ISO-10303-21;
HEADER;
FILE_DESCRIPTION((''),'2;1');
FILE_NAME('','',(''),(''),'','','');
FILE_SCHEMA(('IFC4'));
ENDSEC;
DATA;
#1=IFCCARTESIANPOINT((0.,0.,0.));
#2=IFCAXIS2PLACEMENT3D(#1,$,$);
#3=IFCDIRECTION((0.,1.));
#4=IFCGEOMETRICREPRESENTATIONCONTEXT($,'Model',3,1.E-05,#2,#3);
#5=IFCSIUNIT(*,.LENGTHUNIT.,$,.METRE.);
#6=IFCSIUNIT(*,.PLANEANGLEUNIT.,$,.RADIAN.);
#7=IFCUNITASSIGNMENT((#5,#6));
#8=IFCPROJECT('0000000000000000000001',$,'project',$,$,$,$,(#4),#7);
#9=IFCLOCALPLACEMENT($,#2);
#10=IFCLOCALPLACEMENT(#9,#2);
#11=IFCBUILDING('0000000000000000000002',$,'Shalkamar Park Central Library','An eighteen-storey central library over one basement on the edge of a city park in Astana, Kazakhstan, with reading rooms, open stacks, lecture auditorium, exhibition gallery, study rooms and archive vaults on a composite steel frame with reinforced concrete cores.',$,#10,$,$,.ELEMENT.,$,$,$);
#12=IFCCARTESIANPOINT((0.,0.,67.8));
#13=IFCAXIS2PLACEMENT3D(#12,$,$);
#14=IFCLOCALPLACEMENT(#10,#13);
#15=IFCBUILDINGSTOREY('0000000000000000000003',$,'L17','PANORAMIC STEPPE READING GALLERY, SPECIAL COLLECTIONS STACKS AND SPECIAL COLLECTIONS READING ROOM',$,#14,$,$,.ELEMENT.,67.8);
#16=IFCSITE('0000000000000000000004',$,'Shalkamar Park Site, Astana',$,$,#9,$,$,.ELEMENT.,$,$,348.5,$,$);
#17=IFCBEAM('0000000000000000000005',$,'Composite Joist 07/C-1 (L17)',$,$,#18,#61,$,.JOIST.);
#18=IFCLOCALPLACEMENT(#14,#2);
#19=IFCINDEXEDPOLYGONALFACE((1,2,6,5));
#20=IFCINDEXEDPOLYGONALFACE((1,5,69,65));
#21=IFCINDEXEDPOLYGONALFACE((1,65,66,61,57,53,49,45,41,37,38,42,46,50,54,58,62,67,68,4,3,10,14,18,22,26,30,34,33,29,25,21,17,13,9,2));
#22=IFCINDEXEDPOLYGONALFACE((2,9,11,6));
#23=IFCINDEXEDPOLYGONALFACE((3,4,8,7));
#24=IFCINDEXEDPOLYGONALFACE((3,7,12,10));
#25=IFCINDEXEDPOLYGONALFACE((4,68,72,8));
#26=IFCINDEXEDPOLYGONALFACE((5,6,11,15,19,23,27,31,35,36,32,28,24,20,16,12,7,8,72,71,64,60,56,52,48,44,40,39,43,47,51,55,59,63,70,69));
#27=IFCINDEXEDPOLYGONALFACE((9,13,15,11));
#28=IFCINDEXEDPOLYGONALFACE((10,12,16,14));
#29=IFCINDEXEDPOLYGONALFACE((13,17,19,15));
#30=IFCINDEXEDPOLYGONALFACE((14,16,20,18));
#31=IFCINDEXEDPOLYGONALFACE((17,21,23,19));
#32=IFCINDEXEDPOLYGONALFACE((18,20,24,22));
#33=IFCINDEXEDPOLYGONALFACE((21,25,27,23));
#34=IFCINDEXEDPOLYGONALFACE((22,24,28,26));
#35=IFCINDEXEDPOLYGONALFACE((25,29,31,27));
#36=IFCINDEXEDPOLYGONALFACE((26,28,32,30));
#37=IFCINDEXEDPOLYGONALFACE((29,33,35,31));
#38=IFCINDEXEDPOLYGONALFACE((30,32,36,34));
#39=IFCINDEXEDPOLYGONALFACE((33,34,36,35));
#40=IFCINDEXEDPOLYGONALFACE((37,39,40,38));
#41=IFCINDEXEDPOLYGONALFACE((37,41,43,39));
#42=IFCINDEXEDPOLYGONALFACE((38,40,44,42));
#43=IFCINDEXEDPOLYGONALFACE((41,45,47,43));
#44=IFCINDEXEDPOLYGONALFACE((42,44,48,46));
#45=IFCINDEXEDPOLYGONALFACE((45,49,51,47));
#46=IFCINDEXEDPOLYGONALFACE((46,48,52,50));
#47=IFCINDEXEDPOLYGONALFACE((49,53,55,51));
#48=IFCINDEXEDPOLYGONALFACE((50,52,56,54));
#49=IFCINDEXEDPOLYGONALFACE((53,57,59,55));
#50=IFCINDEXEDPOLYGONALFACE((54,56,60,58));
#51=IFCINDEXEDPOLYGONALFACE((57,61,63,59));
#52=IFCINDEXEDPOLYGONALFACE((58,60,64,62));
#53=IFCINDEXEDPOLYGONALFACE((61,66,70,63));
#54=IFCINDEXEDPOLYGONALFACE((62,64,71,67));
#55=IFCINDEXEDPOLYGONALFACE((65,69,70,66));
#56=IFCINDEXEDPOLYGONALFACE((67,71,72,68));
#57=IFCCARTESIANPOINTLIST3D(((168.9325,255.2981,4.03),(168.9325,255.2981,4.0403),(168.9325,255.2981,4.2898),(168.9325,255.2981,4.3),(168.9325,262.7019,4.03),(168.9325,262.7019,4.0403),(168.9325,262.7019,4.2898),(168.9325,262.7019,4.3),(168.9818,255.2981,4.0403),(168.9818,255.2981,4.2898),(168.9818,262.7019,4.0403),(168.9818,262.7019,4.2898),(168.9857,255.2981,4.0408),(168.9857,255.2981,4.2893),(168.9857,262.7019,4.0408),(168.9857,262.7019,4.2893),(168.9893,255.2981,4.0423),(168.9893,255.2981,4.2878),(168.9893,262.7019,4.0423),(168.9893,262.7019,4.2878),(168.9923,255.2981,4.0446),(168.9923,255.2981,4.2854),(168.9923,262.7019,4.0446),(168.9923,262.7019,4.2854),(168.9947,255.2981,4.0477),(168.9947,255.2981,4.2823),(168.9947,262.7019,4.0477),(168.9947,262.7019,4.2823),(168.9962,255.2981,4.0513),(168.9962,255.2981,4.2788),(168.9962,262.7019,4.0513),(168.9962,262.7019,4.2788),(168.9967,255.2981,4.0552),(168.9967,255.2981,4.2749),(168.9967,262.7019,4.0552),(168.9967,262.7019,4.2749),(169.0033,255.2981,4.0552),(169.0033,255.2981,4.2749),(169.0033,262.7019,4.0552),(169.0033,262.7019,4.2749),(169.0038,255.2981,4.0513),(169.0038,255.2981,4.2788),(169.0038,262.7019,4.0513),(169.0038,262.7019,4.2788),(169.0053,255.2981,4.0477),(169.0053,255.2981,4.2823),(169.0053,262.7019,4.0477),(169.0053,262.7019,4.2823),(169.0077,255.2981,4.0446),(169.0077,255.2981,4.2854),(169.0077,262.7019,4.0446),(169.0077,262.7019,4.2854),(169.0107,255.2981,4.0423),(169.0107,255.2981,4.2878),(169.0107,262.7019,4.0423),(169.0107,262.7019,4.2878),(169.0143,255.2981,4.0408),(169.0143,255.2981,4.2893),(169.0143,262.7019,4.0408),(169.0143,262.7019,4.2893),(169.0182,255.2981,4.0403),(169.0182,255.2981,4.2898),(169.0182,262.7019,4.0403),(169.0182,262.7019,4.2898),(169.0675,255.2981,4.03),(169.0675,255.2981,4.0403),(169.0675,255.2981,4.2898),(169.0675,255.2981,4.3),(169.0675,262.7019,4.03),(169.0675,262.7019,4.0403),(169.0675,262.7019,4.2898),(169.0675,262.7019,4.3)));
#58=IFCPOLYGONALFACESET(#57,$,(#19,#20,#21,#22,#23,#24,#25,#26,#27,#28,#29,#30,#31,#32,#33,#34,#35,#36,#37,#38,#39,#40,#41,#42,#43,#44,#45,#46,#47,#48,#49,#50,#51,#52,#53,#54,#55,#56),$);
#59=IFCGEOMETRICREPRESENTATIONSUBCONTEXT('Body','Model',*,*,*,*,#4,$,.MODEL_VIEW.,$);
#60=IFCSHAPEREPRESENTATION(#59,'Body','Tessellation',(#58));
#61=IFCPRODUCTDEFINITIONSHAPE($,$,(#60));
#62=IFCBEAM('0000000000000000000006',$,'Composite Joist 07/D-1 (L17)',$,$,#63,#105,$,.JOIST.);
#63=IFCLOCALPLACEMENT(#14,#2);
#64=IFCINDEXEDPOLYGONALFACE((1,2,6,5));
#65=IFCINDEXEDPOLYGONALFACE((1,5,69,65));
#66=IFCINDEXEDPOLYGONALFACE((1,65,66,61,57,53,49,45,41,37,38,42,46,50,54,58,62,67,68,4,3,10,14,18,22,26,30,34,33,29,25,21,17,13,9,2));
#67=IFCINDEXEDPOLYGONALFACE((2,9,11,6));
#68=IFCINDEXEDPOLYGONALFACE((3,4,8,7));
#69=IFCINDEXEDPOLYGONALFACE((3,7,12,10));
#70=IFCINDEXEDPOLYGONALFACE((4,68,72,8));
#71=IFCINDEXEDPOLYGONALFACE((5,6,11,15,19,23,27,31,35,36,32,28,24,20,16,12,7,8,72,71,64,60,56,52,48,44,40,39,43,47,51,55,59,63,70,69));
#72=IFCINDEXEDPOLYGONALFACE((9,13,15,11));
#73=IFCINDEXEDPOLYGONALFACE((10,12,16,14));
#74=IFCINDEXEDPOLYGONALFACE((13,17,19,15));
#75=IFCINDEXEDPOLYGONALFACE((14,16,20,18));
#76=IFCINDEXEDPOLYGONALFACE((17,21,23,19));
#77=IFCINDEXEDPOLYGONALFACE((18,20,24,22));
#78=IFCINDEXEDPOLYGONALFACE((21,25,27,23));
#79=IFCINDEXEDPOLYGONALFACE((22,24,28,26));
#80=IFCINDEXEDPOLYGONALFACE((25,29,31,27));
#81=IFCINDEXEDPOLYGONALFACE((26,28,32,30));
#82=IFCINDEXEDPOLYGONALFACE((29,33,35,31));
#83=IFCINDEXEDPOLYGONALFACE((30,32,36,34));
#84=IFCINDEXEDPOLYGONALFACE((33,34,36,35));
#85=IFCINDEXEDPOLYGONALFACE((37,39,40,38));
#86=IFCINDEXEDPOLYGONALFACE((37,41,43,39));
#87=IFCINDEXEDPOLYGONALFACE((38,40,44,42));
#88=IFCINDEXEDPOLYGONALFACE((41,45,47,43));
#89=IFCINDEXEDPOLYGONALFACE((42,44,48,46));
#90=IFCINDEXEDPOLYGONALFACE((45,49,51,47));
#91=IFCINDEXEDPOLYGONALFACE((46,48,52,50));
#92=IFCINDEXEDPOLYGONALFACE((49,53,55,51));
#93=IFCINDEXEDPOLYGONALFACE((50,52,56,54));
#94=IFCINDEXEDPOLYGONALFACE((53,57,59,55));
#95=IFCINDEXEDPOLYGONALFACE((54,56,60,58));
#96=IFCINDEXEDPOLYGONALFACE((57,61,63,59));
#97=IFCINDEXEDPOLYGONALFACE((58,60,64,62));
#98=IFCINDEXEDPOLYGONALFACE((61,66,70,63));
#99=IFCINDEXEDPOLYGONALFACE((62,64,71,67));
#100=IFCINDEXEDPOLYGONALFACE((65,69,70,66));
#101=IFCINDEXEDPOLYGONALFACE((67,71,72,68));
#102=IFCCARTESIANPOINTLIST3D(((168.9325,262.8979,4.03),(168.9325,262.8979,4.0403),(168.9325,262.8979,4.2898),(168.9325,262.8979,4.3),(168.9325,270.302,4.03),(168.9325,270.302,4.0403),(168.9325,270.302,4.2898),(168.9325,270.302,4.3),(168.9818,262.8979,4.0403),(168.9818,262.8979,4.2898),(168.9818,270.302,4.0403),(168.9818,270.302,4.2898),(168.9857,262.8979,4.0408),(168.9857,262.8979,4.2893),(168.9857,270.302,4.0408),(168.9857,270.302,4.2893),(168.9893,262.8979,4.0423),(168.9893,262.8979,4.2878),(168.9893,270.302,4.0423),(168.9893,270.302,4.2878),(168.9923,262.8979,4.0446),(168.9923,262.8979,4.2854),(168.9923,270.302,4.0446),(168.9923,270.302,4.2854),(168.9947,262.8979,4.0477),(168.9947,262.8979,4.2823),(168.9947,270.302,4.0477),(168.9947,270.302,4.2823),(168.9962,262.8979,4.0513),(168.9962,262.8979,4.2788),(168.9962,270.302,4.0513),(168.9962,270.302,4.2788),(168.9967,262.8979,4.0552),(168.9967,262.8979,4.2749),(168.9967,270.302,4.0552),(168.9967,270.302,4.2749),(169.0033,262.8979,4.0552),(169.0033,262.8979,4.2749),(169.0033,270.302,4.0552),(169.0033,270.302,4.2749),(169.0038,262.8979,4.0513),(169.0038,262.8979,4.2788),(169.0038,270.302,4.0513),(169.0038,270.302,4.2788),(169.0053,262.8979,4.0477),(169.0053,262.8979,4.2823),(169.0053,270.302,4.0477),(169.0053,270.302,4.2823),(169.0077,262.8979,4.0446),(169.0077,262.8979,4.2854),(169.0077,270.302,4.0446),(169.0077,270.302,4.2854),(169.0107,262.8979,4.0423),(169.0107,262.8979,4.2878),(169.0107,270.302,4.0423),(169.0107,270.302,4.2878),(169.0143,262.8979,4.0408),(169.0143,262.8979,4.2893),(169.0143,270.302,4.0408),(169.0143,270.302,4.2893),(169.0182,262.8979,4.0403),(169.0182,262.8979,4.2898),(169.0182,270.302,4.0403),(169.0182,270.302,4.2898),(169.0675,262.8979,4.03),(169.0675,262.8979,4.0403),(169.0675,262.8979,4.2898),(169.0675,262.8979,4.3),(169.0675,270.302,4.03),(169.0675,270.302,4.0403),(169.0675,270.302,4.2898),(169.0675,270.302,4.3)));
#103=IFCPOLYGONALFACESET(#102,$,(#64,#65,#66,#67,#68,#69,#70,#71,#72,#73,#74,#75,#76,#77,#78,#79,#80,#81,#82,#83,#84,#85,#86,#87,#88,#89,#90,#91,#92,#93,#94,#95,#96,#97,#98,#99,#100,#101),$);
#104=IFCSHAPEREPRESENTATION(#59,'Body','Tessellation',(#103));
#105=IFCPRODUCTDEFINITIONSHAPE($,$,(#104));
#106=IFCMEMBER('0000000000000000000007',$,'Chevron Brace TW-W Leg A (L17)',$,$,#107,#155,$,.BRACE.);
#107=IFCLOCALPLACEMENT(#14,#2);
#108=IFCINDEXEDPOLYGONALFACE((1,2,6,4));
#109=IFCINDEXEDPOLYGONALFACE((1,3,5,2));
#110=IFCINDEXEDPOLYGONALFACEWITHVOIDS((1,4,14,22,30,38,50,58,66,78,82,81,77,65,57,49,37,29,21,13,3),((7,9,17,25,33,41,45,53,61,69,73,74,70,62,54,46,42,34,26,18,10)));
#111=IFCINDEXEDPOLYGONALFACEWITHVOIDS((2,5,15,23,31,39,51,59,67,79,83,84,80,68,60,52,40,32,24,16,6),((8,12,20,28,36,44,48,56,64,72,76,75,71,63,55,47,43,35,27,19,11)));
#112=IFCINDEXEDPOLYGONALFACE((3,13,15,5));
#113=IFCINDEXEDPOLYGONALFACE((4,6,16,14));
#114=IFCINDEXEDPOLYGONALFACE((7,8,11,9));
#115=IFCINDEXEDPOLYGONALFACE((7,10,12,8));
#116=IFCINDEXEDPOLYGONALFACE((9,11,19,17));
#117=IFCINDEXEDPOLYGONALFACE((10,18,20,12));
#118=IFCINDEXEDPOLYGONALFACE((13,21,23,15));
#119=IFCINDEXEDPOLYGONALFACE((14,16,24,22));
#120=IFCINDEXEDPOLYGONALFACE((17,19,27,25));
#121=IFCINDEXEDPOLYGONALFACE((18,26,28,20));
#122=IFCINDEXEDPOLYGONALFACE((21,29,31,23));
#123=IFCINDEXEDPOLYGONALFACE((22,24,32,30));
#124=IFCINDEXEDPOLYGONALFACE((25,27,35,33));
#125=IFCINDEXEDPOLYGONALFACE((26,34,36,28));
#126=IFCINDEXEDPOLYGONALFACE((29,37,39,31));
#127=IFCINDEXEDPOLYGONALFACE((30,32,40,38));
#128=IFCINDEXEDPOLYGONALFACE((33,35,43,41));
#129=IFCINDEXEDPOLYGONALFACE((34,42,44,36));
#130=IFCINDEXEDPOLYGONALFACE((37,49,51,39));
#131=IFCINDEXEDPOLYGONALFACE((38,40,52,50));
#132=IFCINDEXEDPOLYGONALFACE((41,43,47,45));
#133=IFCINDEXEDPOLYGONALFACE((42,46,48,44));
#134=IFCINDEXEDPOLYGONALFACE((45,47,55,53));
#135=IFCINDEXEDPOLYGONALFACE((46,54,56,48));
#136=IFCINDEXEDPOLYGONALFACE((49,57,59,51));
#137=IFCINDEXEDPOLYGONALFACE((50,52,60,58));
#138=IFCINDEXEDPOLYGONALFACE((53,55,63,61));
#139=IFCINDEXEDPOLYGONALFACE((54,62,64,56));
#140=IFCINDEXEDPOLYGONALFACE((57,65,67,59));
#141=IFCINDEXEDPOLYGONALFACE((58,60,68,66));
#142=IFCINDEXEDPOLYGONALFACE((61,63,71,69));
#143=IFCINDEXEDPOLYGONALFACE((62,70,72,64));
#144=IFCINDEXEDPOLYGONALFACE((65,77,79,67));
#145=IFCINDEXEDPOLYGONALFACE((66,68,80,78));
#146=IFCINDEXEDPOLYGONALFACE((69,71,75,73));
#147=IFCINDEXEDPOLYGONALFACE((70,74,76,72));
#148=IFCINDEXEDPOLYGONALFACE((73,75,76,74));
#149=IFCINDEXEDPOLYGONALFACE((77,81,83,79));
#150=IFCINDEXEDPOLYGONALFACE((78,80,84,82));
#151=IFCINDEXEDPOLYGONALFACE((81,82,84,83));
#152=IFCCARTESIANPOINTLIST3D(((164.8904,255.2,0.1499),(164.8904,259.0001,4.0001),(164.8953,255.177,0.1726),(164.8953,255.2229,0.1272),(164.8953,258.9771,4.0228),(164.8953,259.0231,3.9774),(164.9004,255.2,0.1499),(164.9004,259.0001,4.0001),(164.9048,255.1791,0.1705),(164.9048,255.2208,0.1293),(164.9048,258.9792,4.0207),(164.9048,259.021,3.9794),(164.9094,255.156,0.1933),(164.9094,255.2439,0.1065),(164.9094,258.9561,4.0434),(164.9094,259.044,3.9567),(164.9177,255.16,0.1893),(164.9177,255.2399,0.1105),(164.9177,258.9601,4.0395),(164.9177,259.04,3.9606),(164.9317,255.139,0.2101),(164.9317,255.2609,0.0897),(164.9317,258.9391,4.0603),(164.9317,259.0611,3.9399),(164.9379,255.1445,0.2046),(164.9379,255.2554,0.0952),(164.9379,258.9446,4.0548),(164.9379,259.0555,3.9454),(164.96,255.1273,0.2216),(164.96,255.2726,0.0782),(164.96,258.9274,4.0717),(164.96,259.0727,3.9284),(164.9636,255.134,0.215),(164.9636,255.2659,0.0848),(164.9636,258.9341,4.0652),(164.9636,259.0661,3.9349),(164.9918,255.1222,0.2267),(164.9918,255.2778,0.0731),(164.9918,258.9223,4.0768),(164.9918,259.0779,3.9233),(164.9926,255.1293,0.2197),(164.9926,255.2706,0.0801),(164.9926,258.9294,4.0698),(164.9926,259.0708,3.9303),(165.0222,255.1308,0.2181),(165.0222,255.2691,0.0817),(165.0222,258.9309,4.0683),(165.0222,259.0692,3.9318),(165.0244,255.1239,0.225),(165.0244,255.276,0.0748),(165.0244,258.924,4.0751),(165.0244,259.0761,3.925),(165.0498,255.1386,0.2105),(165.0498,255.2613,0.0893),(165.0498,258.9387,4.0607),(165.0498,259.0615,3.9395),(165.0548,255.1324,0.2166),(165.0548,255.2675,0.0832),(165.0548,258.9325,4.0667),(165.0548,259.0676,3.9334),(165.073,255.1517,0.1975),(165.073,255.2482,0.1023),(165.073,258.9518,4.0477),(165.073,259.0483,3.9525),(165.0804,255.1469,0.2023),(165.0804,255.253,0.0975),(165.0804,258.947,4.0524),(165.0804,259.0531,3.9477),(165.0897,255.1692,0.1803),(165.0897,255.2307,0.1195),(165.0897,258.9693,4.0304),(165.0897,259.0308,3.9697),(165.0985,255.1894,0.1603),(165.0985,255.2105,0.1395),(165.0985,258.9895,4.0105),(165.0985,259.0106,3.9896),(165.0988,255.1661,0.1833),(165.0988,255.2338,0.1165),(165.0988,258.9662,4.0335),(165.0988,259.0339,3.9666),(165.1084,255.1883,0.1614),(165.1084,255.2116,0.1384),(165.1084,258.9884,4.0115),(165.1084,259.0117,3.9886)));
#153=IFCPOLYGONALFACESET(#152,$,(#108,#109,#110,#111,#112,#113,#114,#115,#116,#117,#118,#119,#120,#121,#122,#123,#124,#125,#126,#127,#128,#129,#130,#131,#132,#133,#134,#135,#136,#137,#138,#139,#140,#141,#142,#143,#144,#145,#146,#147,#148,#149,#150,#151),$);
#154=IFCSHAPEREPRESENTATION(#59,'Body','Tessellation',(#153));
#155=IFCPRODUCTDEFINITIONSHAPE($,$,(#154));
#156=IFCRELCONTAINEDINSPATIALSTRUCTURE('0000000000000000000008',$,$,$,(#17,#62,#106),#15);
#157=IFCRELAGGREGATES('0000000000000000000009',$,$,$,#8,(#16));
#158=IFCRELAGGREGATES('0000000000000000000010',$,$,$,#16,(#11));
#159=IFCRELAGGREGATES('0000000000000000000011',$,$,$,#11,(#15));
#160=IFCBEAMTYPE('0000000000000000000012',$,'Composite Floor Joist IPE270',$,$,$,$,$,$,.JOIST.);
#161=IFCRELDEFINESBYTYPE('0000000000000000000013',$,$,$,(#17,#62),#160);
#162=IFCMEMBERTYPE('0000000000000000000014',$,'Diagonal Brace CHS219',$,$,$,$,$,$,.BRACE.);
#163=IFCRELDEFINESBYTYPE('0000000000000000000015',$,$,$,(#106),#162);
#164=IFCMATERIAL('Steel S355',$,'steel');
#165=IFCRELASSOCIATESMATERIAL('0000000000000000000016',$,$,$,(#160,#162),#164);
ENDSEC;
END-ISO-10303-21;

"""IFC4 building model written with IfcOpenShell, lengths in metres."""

from ifc_helpers import new_model, si_unit, direction, frame, origin, origin_2d, place, context, subcontext, project, spatial, hollow_circle, i_section, extrude, material, material_profile, profile_set, type_object, element, save


model = new_model("IFC4")

# Units and contexts
model_context = context("Model", 3, precision=1e-05, world=origin(), true_north=direction((0.0, 1.0)))
body_context = subcontext(model_context, "Body", "Model", "MODEL_VIEW")
ifc_project = project(units=[si_unit("LENGTHUNIT", "METRE"), si_unit("PLANEANGLEUNIT", "RADIAN")], contexts=[model_context])

# Site, building, storey
site_placement = place(None, origin())
site = spatial("IfcSite", under=ifc_project, at=site_placement, Name="Shalkamar Park Site, Astana", CompositionType="ELEMENT", RefElevation=348.5)
building_placement = place(site_placement, origin())
building = spatial("IfcBuilding", under=site, at=building_placement, Name="Shalkamar Park Central Library", Description="An eighteen-storey central library over one basement on the edge of a city park in Astana, Kazakhstan, with reading rooms, open stacks, lecture auditorium, exhibition gallery, study rooms and archive vaults on a composite steel frame with reinforced concrete cores.", CompositionType="ELEMENT")
storey_placement = place(building_placement, frame((0.0, 0.0, 67.8)))
storey = spatial("IfcBuildingStorey", under=building, at=storey_placement, Name="L17", Description="PANORAMIC STEPPE READING GALLERY, SPECIAL COLLECTIONS STACKS AND SPECIAL COLLECTIONS READING ROOM", CompositionType="ELEMENT", Elevation=67.8)

# Shared definitions
ifc_material_1 = material(Name="Steel S355", Category="steel")

# Beams
ifc_material_profile_1 = material_profile(ifc_material_1, i_section(OverallWidth=0.135, OverallDepth=0.27, WebThickness=0.0066, FlangeThickness=0.0103, FilletRadius=0.0149, at=origin_2d()), Name="IPE 270")
ifc_profile_set_1 = profile_set([ifc_material_profile_1], Name="Steel S355")
beam_type_1 = type_object("IfcBeamType", Name="Composite Floor Joist IPE270", PredefinedType="JOIST", material=ifc_profile_set_1)
beam_1_placement = place(storey_placement, frame((169.0, 255.2981, 4.165), z_axis=(0.0, 1.0, 0.0), x_axis=(-1.0, 0.0, 0.0)))
element("IfcBeam", 1, at=beam_1_placement, inside=storey, type_object=beam_type_1, Name="Composite Joist 07/C-1 (L17)", PredefinedType="JOIST", context=body_context, shape_type="SweptSolid", body=[
    extrude(i_section(OverallWidth=0.135, OverallDepth=0.27, WebThickness=0.0066, FlangeThickness=0.0103, FilletRadius=0.0149, at=origin_2d()), origin(), (0.0, 0.0, 1.0), 7.4038),
])
beam_2_placement = place(storey_placement, frame((169.0, 262.8979, 4.165), z_axis=(0.0, 1.0, 0.0), x_axis=(-1.0, 0.0, 0.0)))
element("IfcBeam", 2, at=beam_2_placement, inside=storey, type_object=beam_type_1, Name="Composite Joist 07/D-1 (L17)", PredefinedType="JOIST", context=body_context, shape_type="SweptSolid", body=[
    extrude(i_section(OverallWidth=0.135, OverallDepth=0.27, WebThickness=0.0066, FlangeThickness=0.0103, FilletRadius=0.0149, at=origin_2d()), origin(), (0.0, 0.0, 1.0), 7.4041),
])

# Member
ifc_material_profile_2 = material_profile(ifc_material_1, hollow_circle(Radius=0.1096, WallThickness=0.01, at=origin_2d()), Name="CHS 219.1x10")
ifc_profile_set_2 = profile_set([ifc_material_profile_2], Name="Steel S355")
member_type = type_object("IfcMemberType", Name="Diagonal Brace CHS219", PredefinedType="BRACE", material=ifc_profile_set_2)
for number, where, z_axis, x_axis, name in (
    (3, (165.0, 255.2, 0.1499), (0.0, 0.702466, 0.711718), (-1.0, 0.0, 0.0), "Chevron Brace TW-W Leg A (L17)"),
):
    element("IfcMember", number, at=place(storey_placement, frame(where, z_axis=z_axis, x_axis=x_axis)), inside=storey, type_object=member_type, Name=name, PredefinedType="BRACE", context=body_context, shape_type="SweptSolid", body=[
        extrude(hollow_circle(Radius=0.1096, WallThickness=0.01, at=origin_2d()), origin(), (0.0, 0.0, 1.0), 5.4097),
    ])

save(model, "model.ifc")
